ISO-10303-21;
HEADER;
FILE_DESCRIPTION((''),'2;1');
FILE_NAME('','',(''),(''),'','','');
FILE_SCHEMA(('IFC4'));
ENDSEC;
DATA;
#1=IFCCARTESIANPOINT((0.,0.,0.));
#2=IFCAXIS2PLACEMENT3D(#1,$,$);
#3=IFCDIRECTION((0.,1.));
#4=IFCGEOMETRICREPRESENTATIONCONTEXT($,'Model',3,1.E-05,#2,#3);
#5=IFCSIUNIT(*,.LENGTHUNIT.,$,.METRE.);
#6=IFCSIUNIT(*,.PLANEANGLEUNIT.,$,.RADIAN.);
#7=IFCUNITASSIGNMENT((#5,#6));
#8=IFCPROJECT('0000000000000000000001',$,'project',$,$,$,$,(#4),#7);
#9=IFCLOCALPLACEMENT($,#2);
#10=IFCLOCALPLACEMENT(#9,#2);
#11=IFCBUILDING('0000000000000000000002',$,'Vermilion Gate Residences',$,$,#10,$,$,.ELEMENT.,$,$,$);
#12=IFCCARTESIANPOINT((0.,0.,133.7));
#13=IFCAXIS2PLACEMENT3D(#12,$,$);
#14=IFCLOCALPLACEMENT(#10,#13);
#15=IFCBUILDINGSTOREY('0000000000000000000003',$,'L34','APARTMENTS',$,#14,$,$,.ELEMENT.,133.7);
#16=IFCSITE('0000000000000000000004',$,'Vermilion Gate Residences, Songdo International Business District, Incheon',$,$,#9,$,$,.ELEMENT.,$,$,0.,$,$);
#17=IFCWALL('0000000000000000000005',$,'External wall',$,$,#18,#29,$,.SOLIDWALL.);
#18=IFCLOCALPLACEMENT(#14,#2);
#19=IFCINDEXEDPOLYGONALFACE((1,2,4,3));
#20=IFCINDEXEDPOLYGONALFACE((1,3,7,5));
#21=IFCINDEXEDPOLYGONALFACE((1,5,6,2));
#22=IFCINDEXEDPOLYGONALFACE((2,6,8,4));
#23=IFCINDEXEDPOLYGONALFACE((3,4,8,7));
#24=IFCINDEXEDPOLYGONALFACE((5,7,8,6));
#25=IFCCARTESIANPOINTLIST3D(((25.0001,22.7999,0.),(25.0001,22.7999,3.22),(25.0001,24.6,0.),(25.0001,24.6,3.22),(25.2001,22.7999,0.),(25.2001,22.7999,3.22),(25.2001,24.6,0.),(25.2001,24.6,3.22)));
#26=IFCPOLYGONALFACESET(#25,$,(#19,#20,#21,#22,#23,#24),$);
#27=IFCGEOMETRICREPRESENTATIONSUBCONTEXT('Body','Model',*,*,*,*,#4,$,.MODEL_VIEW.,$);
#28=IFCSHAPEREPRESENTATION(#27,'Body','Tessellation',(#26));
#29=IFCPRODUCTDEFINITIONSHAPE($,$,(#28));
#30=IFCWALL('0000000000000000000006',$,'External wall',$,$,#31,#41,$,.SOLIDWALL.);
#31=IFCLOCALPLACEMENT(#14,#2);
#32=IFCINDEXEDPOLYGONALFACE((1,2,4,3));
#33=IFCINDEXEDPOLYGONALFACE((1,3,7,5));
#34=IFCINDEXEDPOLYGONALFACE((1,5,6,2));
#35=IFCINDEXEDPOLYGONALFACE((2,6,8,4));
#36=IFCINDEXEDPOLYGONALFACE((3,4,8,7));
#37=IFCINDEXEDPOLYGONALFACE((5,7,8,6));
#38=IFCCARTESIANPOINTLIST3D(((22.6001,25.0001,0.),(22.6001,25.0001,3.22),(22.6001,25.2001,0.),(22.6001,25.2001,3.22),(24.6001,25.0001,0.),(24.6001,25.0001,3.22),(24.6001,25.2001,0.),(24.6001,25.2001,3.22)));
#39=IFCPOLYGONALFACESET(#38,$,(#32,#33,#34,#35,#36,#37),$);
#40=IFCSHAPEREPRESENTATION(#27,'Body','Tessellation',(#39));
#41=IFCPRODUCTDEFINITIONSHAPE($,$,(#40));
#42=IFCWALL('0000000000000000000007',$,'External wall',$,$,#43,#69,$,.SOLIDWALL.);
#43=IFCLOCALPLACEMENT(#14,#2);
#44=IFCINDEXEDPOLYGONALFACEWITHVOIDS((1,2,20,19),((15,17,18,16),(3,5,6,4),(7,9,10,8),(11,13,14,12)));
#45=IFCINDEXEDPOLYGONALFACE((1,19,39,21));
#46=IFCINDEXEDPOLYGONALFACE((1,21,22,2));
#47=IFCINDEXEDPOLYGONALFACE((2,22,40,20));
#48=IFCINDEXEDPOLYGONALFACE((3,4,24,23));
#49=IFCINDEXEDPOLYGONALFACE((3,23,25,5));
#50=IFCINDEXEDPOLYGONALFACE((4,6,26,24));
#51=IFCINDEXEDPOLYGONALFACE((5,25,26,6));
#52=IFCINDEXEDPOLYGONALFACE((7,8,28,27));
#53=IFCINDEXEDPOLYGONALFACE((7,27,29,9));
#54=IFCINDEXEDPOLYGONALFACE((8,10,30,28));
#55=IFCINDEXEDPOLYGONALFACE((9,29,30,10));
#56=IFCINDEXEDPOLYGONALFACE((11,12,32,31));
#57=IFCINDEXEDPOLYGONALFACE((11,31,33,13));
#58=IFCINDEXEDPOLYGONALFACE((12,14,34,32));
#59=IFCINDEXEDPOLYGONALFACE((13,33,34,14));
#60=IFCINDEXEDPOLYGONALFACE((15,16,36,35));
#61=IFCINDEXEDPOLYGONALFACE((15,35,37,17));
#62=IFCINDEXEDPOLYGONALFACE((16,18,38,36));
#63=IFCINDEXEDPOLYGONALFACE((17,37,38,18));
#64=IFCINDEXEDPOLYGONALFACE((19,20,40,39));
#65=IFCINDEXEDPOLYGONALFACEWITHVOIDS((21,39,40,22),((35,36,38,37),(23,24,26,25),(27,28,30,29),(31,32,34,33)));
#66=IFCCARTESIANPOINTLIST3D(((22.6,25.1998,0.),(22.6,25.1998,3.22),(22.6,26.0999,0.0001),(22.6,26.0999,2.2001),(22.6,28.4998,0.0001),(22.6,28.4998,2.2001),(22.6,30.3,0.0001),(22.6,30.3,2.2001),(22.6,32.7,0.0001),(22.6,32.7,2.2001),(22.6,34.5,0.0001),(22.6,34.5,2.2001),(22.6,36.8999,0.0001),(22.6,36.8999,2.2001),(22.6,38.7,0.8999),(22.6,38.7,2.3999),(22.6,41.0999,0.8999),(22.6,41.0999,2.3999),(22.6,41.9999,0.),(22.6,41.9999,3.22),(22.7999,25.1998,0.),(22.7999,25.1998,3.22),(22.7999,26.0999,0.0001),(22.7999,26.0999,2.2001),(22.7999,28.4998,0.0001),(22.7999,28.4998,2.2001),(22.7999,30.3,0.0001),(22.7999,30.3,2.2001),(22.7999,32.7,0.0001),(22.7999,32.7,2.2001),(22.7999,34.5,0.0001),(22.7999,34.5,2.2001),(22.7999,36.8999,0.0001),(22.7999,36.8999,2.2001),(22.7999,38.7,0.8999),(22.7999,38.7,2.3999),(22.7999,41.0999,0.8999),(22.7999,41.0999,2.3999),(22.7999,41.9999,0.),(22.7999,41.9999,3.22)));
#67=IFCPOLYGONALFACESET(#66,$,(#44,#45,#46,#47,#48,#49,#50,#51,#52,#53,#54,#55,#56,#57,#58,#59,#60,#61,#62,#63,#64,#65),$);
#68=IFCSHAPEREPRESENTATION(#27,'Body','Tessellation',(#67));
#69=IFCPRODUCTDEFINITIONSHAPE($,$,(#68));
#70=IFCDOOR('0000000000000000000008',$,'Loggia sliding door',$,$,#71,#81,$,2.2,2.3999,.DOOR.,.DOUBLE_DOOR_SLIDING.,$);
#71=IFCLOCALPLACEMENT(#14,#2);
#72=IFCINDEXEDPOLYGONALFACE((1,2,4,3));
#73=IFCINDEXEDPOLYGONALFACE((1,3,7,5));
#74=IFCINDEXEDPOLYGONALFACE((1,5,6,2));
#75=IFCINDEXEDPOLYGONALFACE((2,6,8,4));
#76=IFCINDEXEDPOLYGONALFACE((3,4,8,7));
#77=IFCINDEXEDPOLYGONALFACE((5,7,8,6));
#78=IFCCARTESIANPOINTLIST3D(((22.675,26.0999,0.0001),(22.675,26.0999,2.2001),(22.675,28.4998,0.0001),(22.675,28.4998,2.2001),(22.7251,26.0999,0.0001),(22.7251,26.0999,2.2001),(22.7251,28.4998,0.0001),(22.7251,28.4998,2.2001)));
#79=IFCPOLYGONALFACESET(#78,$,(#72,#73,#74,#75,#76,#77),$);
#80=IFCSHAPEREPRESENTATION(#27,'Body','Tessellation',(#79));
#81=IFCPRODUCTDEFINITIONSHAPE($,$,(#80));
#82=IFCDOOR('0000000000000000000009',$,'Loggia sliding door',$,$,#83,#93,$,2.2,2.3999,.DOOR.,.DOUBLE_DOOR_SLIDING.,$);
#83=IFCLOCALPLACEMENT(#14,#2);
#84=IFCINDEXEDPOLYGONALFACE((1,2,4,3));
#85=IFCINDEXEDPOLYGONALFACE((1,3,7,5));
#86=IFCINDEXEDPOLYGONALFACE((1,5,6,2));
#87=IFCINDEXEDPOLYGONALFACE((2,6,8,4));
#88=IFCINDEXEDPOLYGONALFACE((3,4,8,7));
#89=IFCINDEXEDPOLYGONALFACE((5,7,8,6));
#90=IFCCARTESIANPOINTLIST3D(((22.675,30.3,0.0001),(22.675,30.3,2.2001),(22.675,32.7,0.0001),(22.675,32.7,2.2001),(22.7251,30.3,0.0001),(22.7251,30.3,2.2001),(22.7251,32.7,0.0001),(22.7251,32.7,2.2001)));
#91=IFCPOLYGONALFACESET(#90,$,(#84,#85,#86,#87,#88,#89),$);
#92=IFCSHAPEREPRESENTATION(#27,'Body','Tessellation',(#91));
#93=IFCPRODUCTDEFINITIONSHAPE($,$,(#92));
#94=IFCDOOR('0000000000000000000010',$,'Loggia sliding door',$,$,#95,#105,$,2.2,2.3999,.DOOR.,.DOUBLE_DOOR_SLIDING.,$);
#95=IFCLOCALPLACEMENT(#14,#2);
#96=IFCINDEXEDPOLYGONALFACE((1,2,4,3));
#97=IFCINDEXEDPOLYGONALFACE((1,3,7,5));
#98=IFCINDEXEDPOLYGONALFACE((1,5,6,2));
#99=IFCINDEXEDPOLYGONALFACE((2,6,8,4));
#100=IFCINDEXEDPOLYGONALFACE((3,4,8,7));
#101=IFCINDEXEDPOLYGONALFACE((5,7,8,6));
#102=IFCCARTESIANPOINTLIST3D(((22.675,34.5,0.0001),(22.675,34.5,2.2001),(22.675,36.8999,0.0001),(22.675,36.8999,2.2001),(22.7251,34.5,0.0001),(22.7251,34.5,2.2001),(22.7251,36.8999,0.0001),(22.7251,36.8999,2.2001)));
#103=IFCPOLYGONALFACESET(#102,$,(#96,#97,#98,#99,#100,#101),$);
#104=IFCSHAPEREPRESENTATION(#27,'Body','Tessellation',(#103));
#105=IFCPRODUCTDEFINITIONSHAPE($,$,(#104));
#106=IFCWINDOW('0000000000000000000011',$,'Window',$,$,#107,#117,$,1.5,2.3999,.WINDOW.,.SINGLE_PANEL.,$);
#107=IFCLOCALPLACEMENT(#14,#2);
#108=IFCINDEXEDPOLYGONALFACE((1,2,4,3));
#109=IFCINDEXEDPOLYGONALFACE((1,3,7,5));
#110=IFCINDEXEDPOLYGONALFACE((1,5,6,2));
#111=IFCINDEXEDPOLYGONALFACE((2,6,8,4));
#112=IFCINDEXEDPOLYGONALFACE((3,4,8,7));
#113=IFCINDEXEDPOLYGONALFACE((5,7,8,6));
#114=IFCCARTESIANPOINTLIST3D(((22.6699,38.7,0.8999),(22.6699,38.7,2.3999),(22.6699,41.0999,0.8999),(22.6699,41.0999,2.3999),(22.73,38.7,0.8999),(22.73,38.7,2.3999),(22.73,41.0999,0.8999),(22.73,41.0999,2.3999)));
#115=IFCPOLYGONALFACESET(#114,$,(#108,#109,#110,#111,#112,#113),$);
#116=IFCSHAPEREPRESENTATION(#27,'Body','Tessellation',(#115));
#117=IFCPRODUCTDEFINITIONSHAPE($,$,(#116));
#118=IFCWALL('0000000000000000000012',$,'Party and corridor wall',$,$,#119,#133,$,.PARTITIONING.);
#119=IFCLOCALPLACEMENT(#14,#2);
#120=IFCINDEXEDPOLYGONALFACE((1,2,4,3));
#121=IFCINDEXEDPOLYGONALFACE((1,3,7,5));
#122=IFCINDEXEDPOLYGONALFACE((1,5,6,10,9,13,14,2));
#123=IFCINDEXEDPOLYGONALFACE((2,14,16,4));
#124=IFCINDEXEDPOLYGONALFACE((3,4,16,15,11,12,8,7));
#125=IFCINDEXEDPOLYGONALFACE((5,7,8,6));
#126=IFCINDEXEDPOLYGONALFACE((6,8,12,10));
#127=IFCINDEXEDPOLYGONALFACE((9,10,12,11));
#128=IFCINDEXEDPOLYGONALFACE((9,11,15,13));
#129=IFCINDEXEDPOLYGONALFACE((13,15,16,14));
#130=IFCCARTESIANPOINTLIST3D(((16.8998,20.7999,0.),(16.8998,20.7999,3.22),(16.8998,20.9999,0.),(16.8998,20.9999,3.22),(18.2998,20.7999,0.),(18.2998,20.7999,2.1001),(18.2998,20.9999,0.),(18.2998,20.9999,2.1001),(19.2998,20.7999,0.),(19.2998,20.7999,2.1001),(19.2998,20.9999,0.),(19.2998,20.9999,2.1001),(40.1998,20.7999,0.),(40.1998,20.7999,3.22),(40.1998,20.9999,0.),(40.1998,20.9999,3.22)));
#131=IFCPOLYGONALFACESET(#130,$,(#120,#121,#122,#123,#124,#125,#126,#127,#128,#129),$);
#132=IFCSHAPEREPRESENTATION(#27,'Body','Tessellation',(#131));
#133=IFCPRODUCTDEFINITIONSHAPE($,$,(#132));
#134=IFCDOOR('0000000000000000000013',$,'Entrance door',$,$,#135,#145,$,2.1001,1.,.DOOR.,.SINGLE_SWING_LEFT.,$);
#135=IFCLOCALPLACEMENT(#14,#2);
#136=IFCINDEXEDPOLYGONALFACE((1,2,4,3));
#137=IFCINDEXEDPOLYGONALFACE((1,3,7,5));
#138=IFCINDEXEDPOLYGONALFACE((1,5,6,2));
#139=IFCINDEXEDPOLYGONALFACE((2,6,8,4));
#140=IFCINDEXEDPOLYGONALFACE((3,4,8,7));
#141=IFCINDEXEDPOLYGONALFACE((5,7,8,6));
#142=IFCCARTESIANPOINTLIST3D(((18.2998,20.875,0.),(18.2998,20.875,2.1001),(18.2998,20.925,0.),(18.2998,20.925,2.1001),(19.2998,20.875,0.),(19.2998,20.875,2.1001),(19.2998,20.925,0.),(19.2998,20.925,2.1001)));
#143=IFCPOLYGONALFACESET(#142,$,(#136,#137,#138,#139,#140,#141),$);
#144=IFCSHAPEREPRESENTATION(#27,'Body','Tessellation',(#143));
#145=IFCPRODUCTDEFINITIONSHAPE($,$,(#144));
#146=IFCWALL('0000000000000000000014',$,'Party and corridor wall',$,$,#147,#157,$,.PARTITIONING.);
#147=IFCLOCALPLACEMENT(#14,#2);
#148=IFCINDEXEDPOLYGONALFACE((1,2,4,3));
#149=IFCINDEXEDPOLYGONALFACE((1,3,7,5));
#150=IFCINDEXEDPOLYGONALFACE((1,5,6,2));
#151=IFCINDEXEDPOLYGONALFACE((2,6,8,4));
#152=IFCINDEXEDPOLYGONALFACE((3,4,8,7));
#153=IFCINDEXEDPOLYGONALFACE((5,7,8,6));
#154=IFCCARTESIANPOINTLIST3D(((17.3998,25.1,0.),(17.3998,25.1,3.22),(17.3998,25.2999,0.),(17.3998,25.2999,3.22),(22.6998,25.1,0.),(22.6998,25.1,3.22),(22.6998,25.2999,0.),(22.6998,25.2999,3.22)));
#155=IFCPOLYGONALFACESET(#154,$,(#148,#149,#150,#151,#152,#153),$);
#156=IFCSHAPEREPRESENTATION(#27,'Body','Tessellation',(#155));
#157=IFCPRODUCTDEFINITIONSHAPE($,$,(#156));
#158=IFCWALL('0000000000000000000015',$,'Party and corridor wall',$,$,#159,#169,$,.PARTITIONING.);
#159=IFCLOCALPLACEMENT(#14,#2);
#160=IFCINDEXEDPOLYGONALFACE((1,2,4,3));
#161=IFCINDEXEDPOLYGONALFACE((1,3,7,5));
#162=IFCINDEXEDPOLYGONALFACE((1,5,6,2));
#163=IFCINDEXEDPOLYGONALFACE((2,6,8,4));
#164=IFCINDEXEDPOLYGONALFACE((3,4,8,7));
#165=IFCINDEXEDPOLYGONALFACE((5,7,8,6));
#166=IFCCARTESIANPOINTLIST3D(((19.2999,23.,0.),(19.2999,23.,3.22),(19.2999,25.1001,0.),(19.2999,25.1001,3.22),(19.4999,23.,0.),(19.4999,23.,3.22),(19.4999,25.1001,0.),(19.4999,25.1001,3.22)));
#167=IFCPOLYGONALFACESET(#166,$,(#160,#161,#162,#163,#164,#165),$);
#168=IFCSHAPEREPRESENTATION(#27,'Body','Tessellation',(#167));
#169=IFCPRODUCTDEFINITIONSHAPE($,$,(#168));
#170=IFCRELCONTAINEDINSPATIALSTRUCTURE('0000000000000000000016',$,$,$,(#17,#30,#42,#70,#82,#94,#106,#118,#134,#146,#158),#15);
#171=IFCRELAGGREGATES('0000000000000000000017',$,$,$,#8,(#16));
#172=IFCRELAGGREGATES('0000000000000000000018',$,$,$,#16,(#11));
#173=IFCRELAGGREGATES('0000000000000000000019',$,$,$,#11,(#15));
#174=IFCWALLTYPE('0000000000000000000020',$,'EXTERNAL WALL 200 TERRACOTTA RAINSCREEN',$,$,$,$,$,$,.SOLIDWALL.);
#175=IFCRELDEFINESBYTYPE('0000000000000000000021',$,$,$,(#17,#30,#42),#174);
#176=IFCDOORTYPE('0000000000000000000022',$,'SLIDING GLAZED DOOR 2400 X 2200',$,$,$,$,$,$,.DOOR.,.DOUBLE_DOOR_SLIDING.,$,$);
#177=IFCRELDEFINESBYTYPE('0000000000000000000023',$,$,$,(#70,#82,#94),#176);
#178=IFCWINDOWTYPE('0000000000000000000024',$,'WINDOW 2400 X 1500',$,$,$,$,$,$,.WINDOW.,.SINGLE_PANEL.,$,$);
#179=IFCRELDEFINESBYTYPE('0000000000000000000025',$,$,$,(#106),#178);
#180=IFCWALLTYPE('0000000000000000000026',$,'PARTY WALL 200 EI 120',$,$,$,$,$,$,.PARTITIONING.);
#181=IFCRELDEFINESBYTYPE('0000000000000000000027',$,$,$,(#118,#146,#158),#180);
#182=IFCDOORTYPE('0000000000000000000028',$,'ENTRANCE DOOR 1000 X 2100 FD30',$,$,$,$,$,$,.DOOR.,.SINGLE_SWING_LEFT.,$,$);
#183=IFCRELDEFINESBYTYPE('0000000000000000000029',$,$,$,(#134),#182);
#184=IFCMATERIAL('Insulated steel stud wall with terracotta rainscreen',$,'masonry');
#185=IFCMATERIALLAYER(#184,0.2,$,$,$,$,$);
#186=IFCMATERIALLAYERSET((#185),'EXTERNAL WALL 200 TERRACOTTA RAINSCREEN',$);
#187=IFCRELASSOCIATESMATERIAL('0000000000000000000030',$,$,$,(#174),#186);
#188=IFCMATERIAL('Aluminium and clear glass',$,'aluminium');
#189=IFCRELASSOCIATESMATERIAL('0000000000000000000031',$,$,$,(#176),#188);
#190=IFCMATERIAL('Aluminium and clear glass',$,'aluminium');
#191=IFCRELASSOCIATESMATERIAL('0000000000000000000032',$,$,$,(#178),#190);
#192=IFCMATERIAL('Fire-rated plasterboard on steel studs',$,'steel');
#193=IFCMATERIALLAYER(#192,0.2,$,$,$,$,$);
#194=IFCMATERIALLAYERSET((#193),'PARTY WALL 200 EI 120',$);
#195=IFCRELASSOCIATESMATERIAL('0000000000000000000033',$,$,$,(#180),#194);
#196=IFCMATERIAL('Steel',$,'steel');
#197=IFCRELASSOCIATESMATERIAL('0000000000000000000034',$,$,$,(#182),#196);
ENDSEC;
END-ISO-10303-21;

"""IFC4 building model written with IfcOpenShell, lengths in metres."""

from ifc_helpers import new_model, si_unit, direction, frame, frame_2d, origin, place, context, subcontext, project, spatial, rectangle, extrude, material, layer, layer_set, type_object, element, fill, save


model = new_model("IFC4")

# Units and contexts
model_context = context("Model", 3, precision=1e-05, world=origin(), true_north=direction((0.0, 1.0)))
body_context = subcontext(model_context, "Body", "Model", "MODEL_VIEW")
ifc_project = project(units=[si_unit("LENGTHUNIT", "METRE"), si_unit("PLANEANGLEUNIT", "RADIAN")], contexts=[model_context])

# Site, building, storey
site_placement = place(None, origin())
site = spatial("IfcSite", under=ifc_project, at=site_placement, Name="Vermilion Gate Residences, Songdo International Business District, Incheon", CompositionType="ELEMENT", RefElevation=0.0)
building_placement = place(site_placement, origin())
building = spatial("IfcBuilding", under=site, at=building_placement, Name="Vermilion Gate Residences", CompositionType="ELEMENT")
storey_placement = place(building_placement, frame((0.0, 0.0, 133.7)))
storey = spatial("IfcBuildingStorey", under=building, at=storey_placement, Name="L34", Description="APARTMENTS", CompositionType="ELEMENT", Elevation=133.7)

# Walls
ifc_material_1 = material(Name="Insulated steel stud wall with terracotta rainscreen", Category="masonry")
ifc_layer_1 = layer(ifc_material_1, 0.2)
ifc_layer_set_1 = layer_set([ifc_layer_1], Name="EXTERNAL WALL 200 TERRACOTTA RAINSCREEN")
wall_type_1 = type_object("IfcWallType", Name="EXTERNAL WALL 200 TERRACOTTA RAINSCREEN", PredefinedType="SOLIDWALL", material=ifc_layer_set_1)
wall_1_placement = place(storey_placement, frame((25.1001, 22.8, 0.0), z_axis=(0.0, 0.0, 1.0), x_axis=(0.0, 1.0, 0.0)))
element("IfcWall", 1, at=wall_1_placement, inside=storey, type_object=wall_type_1, Name="External wall", PredefinedType="SOLIDWALL", context=body_context, shape_type="SweptSolid", body=[
    extrude(rectangle(XDim=1.8, YDim=0.2, at=frame_2d((0.8999, 0.0))), origin(), (0.0, 0.0, 1.0), 3.22),
])
wall_2_placement = place(storey_placement, frame((24.6001, 25.1001, 0.0), z_axis=(0.0, 0.0, 1.0), x_axis=(-1.0, 0.0, 0.0)))
element("IfcWall", 2, at=wall_2_placement, inside=storey, type_object=wall_type_1, Name="External wall", PredefinedType="SOLIDWALL", context=body_context, shape_type="SweptSolid", body=[
    extrude(rectangle(XDim=2.0, YDim=0.2, at=frame_2d((1.0, 0.0))), origin(), (0.0, 0.0, 1.0), 3.22),
])

# Wall, openings, doors, window
wall_3_placement = place(storey_placement, frame((22.7, 25.2, 0.0), z_axis=(0.0, 0.0, 1.0), x_axis=(0.0, 1.0, 0.0)))
wall_3 = element("IfcWall", 3, at=wall_3_placement, inside=storey, type_object=wall_type_1, Name="External wall", PredefinedType="SOLIDWALL", context=body_context, shape_type="SweptSolid", body=[
    extrude(rectangle(XDim=16.8, YDim=0.2, at=frame_2d((8.3999, 0.0))), origin(), (0.0, 0.0, 1.0), 3.22),
])
opening_1_placement = place(wall_3_placement, frame((0.8999, 0.0, 0.0)))
opening_1 = element("IfcOpeningElement", 4, at=opening_1_placement, cuts=wall_3, PredefinedType="OPENING", context=body_context, shape_type="SweptSolid", body=[
    extrude(rectangle(XDim=2.3999, YDim=2.2, at=frame_2d((1.2, 1.1001))), frame((0.0, 0.1099, 0.0), z_axis=(0.0, -1.0, 0.0), x_axis=(1.0, 0.0, 0.0)), (0.0, 0.0, 1.0), 0.22),
])
opening_2_placement = place(wall_3_placement, frame((5.1001, 0.0, 0.0)))
opening_2 = element("IfcOpeningElement", 5, at=opening_2_placement, cuts=wall_3, PredefinedType="OPENING", context=body_context, shape_type="SweptSolid", body=[
    extrude(rectangle(XDim=2.3999, YDim=2.2, at=frame_2d((1.2, 1.1001))), frame((0.0, 0.1099, 0.0), z_axis=(0.0, -1.0, 0.0), x_axis=(1.0, 0.0, 0.0)), (0.0, 0.0, 1.0), 0.22),
])
opening_3_placement = place(wall_3_placement, frame((9.3, 0.0, 0.0)))
opening_3 = element("IfcOpeningElement", 6, at=opening_3_placement, cuts=wall_3, PredefinedType="OPENING", context=body_context, shape_type="SweptSolid", body=[
    extrude(rectangle(XDim=2.3999, YDim=2.2, at=frame_2d((1.2, 1.1001))), frame((0.0, 0.1099, 0.0), z_axis=(0.0, -1.0, 0.0), x_axis=(1.0, 0.0, 0.0)), (0.0, 0.0, 1.0), 0.22),
])
opening_4_placement = place(wall_3_placement, frame((13.5, 0.0, 0.8999)))
opening_4 = element("IfcOpeningElement", 7, at=opening_4_placement, cuts=wall_3, PredefinedType="OPENING", context=body_context, shape_type="SweptSolid", body=[
    extrude(rectangle(XDim=2.3999, YDim=1.5, at=frame_2d((1.2, 0.75))), frame((0.0, 0.1099, 0.0), z_axis=(0.0, -1.0, 0.0), x_axis=(1.0, 0.0, 0.0)), (0.0, 0.0, 1.0), 0.22),
])
ifc_material_2 = material(Name="Aluminium and clear glass", Category="aluminium")
door_type_1 = type_object("IfcDoorType", Name="SLIDING GLAZED DOOR 2400 X 2200", OperationType="DOUBLE_DOOR_SLIDING", PredefinedType="DOOR", material=ifc_material_2)
door_1_placement = place(opening_1_placement, origin())
door_1 = element("IfcDoor", 8, at=door_1_placement, inside=storey, type_object=door_type_1, Name="Loggia sliding door", OperationType="DOUBLE_DOOR_SLIDING", OverallHeight=2.2, OverallWidth=2.3999, PredefinedType="DOOR", context=body_context, shape_type="SweptSolid", body=[
    extrude(rectangle(XDim=2.3999, YDim=2.2, at=frame_2d((1.2, 1.1001))), frame((0.0, 0.0249, 0.0), z_axis=(0.0, -1.0, 0.0), x_axis=(1.0, 0.0, 0.0)), (0.0, 0.0, 1.0), 0.05),
])
fill(opening_1, door_1)
door_2_placement = place(opening_2_placement, origin())
door_2 = element("IfcDoor", 9, at=door_2_placement, inside=storey, type_object=door_type_1, Name="Loggia sliding door", OperationType="DOUBLE_DOOR_SLIDING", OverallHeight=2.2, OverallWidth=2.3999, PredefinedType="DOOR", context=body_context, shape_type="SweptSolid", body=[
    extrude(rectangle(XDim=2.3999, YDim=2.2, at=frame_2d((1.2, 1.1001))), frame((0.0, 0.0249, 0.0), z_axis=(0.0, -1.0, 0.0), x_axis=(1.0, 0.0, 0.0)), (0.0, 0.0, 1.0), 0.05),
])
fill(opening_2, door_2)
door_3_placement = place(opening_3_placement, origin())
door_3 = element("IfcDoor", 10, at=door_3_placement, inside=storey, type_object=door_type_1, Name="Loggia sliding door", OperationType="DOUBLE_DOOR_SLIDING", OverallHeight=2.2, OverallWidth=2.3999, PredefinedType="DOOR", context=body_context, shape_type="SweptSolid", body=[
    extrude(rectangle(XDim=2.3999, YDim=2.2, at=frame_2d((1.2, 1.1001))), frame((0.0, 0.0249, 0.0), z_axis=(0.0, -1.0, 0.0), x_axis=(1.0, 0.0, 0.0)), (0.0, 0.0, 1.0), 0.05),
])
fill(opening_3, door_3)
ifc_material_3 = material(Name="Aluminium and clear glass", Category="aluminium")
window_type = type_object("IfcWindowType", Name="WINDOW 2400 X 1500", PartitioningType="SINGLE_PANEL", PredefinedType="WINDOW", material=ifc_material_3)
window_placement = place(opening_4_placement, origin())
window = element("IfcWindow", 11, at=window_placement, inside=storey, type_object=window_type, Name="Window", OverallHeight=1.5, OverallWidth=2.3999, PartitioningType="SINGLE_PANEL", PredefinedType="WINDOW", context=body_context, shape_type="SweptSolid", body=[
    extrude(rectangle(XDim=2.3999, YDim=1.5, at=frame_2d((1.2, 0.75))), frame((0.0, 0.03, 0.0), z_axis=(0.0, -1.0, 0.0), x_axis=(1.0, 0.0, 0.0)), (0.0, 0.0, 1.0), 0.0601),
])
fill(opening_4, window)

# Wall, opening, door
ifc_material_4 = material(Name="Fire-rated plasterboard on steel studs", Category="steel")
ifc_layer_2 = layer(ifc_material_4, 0.2)
ifc_layer_set_2 = layer_set([ifc_layer_2], Name="PARTY WALL 200 EI 120")
wall_type_2 = type_object("IfcWallType", Name="PARTY WALL 200 EI 120", PredefinedType="PARTITIONING", material=ifc_layer_set_2)
wall_4_placement = place(storey_placement, frame((16.8999, 20.8999, 0.0), z_axis=(0.0, 0.0, 1.0), x_axis=(1.0, 0.0, 0.0)))
wall_4 = element("IfcWall", 12, at=wall_4_placement, inside=storey, type_object=wall_type_2, Name="Party and corridor wall", PredefinedType="PARTITIONING", context=body_context, shape_type="SweptSolid", body=[
    extrude(rectangle(XDim=23.3, YDim=0.2, at=frame_2d((11.6499, 0.0))), origin(), (0.0, 0.0, 1.0), 3.22),
])
opening_5_placement = place(wall_4_placement, frame((1.3999, 0.0, 0.0)))
opening_5 = element("IfcOpeningElement", 13, at=opening_5_placement, cuts=wall_4, PredefinedType="OPENING", context=body_context, shape_type="SweptSolid", body=[
    extrude(rectangle(XDim=1.0, YDim=2.1001, at=frame_2d((0.5, 1.05))), frame((0.0, 0.1099, 0.0), z_axis=(0.0, -1.0, 0.0), x_axis=(1.0, 0.0, 0.0)), (0.0, 0.0, 1.0), 0.22),
])
ifc_material_5 = material(Name="Steel", Category="steel")
door_type_2 = type_object("IfcDoorType", Name="ENTRANCE DOOR 1000 X 2100 FD30", OperationType="SINGLE_SWING_LEFT", PredefinedType="DOOR", material=ifc_material_5)
door_4_placement = place(opening_5_placement, frame((1.0, 0.0, 0.0), z_axis=(0.0, 0.0, 1.0), x_axis=(-1.0, 0.0, 0.0)))
door_4 = element("IfcDoor", 14, at=door_4_placement, inside=storey, type_object=door_type_2, Name="Entrance door", OperationType="SINGLE_SWING_LEFT", OverallHeight=2.1001, OverallWidth=1.0, PredefinedType="DOOR", context=body_context, shape_type="SweptSolid", body=[
    extrude(rectangle(XDim=1.0, YDim=2.1001, at=frame_2d((0.5, 1.05))), frame((0.0, 0.0249, 0.0), z_axis=(0.0, -1.0, 0.0), x_axis=(1.0, 0.0, 0.0)), (0.0, 0.0, 1.0), 0.05),
])
fill(opening_5, door_4)

# Walls
wall_5_placement = place(storey_placement, frame((17.3999, 25.2, 0.0), z_axis=(0.0, 0.0, 1.0), x_axis=(1.0, 0.0, 0.0)))
element("IfcWall", 15, at=wall_5_placement, inside=storey, type_object=wall_type_2, Name="Party and corridor wall", PredefinedType="PARTITIONING", context=body_context, shape_type="SweptSolid", body=[
    extrude(rectangle(XDim=5.3, YDim=0.2, at=frame_2d((2.6499, 0.0))), origin(), (0.0, 0.0, 1.0), 3.22),
])
wall_6_placement = place(storey_placement, frame((19.3999, 23.0, 0.0), z_axis=(0.0, 0.0, 1.0), x_axis=(0.0, 1.0, 0.0)))
element("IfcWall", 16, at=wall_6_placement, inside=storey, type_object=wall_type_2, Name="Party and corridor wall", PredefinedType="PARTITIONING", context=body_context, shape_type="SweptSolid", body=[
    extrude(rectangle(XDim=2.1001, YDim=0.2, at=frame_2d((1.05, 0.0))), origin(), (0.0, 0.0, 1.0), 3.22),
])

save(model, "model.ifc")
